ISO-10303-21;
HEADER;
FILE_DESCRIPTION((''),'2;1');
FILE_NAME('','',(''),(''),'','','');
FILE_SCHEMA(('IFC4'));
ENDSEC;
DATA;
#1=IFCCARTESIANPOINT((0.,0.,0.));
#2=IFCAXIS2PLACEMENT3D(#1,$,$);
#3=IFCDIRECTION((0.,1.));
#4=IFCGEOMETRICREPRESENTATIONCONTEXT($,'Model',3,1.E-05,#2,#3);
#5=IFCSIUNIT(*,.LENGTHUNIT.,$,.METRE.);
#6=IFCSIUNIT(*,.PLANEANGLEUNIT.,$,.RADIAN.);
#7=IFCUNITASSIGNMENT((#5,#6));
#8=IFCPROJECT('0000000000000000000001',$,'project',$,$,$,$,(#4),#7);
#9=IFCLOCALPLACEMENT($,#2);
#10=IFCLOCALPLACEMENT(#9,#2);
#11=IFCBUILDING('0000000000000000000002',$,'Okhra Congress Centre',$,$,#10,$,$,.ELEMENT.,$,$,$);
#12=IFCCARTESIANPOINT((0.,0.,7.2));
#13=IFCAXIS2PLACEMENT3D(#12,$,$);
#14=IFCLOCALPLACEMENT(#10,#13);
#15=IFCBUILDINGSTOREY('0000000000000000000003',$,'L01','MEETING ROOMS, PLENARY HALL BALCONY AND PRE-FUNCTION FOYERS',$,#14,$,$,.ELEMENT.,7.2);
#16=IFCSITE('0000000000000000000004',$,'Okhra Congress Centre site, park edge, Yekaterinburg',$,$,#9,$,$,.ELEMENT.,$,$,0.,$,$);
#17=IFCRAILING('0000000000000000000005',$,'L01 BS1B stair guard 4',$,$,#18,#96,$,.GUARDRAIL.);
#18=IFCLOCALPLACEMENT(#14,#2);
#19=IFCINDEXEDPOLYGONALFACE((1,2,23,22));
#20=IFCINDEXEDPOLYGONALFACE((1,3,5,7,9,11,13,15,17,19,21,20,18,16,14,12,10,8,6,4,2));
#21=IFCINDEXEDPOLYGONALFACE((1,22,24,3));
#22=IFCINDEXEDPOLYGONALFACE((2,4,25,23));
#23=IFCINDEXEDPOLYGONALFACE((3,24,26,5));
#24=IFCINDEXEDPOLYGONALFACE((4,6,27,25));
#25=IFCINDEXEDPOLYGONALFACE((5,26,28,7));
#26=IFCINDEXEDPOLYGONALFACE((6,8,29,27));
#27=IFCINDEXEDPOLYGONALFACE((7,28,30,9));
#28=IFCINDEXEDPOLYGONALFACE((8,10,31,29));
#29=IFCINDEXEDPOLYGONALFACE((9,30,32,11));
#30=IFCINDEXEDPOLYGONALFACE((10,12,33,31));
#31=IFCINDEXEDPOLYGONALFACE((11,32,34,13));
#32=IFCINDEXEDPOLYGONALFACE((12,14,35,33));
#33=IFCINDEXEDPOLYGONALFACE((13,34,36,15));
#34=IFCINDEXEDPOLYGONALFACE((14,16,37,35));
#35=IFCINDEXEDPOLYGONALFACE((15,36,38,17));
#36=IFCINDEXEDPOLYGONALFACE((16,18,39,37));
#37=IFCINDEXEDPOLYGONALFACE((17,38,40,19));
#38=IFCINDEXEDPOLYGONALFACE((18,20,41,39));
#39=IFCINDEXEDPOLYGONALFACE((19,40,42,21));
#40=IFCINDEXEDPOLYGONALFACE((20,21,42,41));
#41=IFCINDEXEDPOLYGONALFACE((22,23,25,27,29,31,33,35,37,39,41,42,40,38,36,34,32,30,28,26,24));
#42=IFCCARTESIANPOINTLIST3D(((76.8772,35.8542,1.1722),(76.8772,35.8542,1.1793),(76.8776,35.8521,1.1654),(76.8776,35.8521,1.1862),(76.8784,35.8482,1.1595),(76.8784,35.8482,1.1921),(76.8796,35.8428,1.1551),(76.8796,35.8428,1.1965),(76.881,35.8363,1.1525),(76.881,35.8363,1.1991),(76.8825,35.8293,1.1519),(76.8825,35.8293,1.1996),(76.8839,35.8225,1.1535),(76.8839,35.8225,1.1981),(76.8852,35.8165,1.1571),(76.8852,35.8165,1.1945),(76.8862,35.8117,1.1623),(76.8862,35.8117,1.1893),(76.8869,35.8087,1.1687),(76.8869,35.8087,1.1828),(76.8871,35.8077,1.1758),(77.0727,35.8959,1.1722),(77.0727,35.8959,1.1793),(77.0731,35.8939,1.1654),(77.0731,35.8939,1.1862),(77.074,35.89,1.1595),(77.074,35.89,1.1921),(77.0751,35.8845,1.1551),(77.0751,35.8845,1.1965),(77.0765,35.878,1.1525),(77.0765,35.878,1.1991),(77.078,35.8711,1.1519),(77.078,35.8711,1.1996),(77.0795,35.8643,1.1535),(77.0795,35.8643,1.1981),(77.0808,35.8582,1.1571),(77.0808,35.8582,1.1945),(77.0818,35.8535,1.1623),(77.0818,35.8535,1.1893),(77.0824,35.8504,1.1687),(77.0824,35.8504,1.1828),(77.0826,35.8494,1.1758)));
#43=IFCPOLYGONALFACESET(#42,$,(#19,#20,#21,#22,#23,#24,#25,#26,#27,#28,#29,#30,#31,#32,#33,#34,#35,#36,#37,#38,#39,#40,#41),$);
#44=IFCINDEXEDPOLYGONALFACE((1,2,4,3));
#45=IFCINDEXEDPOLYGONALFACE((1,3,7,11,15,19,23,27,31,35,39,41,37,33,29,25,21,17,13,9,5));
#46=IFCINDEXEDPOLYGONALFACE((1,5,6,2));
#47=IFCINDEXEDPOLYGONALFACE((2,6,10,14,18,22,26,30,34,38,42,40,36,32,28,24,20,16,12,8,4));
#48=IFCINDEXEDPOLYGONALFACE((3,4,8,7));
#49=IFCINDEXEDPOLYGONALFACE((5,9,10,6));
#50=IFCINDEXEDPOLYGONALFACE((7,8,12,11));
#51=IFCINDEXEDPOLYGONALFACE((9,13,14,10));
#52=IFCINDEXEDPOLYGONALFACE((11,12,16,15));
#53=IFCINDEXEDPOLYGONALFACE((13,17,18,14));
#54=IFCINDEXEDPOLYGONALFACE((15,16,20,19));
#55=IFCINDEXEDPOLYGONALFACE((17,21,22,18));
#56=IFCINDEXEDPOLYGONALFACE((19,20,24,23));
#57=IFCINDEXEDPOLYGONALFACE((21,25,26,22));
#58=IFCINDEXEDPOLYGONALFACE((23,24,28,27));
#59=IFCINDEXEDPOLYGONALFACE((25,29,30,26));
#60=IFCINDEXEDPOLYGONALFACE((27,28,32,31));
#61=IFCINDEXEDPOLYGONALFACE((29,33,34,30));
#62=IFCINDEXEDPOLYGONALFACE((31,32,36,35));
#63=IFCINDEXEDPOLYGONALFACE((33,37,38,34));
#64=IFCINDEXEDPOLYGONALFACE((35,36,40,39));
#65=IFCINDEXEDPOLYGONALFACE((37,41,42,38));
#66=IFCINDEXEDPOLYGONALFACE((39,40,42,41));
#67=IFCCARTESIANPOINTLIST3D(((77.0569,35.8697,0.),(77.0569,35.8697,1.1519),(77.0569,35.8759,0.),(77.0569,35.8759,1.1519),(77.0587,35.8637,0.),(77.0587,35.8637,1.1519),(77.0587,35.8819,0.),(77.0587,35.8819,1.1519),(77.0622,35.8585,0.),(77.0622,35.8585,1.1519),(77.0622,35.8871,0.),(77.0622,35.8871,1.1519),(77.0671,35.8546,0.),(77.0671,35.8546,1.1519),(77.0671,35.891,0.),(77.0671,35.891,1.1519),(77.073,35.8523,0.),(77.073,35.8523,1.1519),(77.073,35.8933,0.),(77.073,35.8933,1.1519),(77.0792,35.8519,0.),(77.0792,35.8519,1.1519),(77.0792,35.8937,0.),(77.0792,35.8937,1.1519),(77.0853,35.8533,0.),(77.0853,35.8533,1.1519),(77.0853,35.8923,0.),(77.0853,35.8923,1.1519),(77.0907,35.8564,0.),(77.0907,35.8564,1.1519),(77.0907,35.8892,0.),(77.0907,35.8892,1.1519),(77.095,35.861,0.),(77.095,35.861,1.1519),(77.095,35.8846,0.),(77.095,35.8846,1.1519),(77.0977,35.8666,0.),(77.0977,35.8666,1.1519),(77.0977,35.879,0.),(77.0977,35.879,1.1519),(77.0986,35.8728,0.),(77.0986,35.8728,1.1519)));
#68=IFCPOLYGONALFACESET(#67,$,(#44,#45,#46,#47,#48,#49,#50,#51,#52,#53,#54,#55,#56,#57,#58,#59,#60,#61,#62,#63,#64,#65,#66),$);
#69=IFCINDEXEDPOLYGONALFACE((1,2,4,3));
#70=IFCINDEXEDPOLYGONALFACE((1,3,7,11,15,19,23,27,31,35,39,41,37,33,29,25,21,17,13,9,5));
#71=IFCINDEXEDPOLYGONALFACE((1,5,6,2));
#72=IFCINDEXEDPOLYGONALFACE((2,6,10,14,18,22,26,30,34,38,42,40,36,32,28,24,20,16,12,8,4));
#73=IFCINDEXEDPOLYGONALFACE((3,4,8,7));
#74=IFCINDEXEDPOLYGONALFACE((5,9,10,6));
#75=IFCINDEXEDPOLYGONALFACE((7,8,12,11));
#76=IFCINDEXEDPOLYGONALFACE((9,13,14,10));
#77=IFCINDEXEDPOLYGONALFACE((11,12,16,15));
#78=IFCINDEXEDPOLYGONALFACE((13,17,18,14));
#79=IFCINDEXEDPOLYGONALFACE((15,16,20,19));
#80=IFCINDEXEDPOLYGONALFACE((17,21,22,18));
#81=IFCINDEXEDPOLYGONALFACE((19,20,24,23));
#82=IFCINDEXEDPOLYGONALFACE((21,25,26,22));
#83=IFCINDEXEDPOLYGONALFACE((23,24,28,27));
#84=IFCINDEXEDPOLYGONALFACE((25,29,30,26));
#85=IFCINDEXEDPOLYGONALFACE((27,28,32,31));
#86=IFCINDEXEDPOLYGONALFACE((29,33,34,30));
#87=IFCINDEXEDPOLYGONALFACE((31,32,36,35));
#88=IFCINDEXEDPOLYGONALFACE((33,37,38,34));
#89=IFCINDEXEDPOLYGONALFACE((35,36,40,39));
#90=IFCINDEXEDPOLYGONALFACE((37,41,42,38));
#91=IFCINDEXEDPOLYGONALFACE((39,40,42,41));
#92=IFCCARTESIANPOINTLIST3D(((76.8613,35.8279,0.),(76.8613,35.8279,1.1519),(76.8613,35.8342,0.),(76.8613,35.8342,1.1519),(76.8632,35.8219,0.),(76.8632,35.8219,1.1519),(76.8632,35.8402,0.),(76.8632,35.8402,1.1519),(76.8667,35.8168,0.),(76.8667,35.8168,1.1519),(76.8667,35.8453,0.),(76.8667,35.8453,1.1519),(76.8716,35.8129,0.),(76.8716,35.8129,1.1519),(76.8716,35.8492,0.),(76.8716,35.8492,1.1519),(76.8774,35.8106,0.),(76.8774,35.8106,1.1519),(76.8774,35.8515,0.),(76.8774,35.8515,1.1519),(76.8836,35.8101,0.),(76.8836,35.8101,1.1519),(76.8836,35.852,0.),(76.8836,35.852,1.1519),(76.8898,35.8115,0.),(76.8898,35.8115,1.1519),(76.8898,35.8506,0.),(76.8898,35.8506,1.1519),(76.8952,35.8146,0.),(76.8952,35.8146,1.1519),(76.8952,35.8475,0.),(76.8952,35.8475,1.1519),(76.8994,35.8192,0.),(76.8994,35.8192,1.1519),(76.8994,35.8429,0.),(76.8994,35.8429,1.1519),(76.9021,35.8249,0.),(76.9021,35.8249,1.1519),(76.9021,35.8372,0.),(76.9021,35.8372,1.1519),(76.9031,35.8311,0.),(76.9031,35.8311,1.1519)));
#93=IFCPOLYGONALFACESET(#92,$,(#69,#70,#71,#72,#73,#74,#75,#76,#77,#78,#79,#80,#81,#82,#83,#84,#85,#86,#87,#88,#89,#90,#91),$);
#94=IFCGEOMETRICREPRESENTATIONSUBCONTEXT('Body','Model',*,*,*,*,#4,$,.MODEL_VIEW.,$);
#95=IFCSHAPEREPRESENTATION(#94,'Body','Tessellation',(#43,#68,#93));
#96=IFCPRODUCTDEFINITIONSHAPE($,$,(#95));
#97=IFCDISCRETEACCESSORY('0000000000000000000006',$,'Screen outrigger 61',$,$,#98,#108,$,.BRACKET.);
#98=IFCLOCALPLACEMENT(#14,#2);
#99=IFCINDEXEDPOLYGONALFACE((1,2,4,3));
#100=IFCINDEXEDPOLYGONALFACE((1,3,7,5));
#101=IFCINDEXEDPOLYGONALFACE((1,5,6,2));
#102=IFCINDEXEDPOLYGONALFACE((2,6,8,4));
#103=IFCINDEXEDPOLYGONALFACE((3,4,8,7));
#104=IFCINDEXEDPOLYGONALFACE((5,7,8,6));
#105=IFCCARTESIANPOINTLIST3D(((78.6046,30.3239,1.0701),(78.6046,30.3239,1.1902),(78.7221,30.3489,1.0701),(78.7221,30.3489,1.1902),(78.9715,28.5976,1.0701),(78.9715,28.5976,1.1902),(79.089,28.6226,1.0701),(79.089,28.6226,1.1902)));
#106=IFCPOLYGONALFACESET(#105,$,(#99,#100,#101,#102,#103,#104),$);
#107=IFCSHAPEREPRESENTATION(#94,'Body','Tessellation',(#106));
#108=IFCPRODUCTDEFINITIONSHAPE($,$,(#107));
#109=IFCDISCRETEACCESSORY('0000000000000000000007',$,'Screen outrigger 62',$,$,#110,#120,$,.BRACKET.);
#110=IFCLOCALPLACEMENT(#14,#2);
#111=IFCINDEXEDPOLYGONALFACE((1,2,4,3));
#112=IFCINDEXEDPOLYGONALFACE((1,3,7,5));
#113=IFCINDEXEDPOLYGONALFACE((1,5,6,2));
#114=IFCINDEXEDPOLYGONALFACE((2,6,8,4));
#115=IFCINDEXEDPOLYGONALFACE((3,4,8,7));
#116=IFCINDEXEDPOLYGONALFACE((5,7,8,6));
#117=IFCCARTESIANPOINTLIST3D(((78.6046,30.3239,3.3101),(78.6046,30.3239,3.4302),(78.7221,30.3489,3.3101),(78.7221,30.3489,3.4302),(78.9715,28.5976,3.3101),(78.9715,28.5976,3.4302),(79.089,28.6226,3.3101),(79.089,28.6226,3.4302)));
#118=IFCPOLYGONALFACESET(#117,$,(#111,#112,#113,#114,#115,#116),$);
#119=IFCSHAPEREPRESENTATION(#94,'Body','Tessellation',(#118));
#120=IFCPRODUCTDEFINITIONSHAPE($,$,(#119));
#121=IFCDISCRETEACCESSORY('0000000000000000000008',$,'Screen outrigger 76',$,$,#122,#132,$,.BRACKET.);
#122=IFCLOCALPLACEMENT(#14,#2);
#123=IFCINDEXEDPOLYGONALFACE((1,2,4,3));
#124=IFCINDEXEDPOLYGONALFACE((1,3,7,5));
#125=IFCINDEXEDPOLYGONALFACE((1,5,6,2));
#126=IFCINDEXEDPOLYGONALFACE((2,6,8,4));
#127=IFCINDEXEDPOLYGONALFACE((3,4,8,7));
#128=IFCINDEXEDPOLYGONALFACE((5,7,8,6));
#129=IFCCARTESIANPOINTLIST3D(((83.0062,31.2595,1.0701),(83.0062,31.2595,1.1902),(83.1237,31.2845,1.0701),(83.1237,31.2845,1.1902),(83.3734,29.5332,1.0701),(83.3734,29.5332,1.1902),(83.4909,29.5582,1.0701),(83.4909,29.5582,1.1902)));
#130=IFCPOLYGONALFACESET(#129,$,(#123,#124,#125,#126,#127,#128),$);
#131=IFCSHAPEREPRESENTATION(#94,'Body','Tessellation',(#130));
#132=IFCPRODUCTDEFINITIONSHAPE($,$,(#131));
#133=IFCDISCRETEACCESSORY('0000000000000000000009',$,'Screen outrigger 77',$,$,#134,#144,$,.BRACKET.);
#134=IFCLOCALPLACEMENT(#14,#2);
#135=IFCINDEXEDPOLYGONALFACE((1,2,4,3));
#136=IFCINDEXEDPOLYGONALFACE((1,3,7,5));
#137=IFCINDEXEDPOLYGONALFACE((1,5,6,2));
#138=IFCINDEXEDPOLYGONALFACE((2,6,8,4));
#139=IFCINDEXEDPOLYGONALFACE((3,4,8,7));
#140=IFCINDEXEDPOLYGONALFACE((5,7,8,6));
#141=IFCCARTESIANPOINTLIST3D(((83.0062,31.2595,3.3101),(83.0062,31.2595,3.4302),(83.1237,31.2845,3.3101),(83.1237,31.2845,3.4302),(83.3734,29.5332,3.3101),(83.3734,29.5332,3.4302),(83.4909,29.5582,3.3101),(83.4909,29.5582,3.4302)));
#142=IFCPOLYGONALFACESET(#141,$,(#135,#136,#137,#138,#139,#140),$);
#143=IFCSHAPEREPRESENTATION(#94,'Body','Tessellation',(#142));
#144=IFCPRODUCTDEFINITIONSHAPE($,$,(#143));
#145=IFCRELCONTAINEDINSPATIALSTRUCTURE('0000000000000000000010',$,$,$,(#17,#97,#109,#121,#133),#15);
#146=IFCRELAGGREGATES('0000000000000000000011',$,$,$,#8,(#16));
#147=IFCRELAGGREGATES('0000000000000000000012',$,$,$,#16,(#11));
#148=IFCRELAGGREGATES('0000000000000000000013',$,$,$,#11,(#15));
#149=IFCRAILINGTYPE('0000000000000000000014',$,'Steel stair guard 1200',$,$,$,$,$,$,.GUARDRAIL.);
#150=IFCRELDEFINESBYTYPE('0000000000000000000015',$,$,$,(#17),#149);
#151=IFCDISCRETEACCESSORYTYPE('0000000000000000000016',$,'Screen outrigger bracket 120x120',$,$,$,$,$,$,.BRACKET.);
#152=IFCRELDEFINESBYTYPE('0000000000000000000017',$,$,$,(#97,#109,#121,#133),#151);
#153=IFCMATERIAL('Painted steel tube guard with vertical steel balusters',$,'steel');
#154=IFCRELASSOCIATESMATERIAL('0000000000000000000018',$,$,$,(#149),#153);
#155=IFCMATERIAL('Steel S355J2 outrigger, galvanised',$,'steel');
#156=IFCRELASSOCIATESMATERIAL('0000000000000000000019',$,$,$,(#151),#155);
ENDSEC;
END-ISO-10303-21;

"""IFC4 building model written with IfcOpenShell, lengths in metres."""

from ifc_helpers import new_model, si_unit, direction, frame, origin, origin_2d, place, context, subcontext, project, spatial, rectangle, circle, extrude, material, material_profile, profile_set, type_object, element, save


model = new_model("IFC4")

# Units and contexts
model_context = context("Model", 3, precision=1e-05, world=origin(), true_north=direction((0.0, 1.0)))
body_context = subcontext(model_context, "Body", "Model", "MODEL_VIEW")
ifc_project = project(units=[si_unit("LENGTHUNIT", "METRE"), si_unit("PLANEANGLEUNIT", "RADIAN")], contexts=[model_context])

# Site, building, storey
site_placement = place(None, origin())
site = spatial("IfcSite", under=ifc_project, at=site_placement, Name="Okhra Congress Centre site, park edge, Yekaterinburg", CompositionType="ELEMENT", RefElevation=0.0)
building_placement = place(site_placement, origin())
building = spatial("IfcBuilding", under=site, at=building_placement, Name="Okhra Congress Centre", CompositionType="ELEMENT")
storey_placement = place(building_placement, frame((0.0, 0.0, 7.2)))
storey = spatial("IfcBuildingStorey", under=building, at=storey_placement, Name="L01", Description="MEETING ROOMS, PLENARY HALL BALCONY AND PRE-FUNCTION FOYERS", CompositionType="ELEMENT", Elevation=7.2)

# Railing
ifc_material_1 = material(Name="Painted steel tube guard with vertical steel balusters", Category="steel")
railing_type_1 = type_object("IfcRailingType", Name="Steel stair guard 1200", PredefinedType="GUARDRAIL", material=ifc_material_1)
railing_1_placement = place(storey_placement, frame((77.0776, 35.8728, 0.0)))
element("IfcRailing", 1, at=railing_1_placement, inside=storey, type_object=railing_type_1, Name="L01 BS1B stair guard 4", PredefinedType="GUARDRAIL", context=body_context, shape_type="SweptSolid", body=[
    extrude(circle(Radius=0.0239, at=origin_2d()), frame((0.0, 0.0, 1.1758), z_axis=(-0.977963, -0.208779, 0.0), x_axis=(0.208779, -0.977963, 0.0)), (0.0, 0.0, 1.0), 0.2),
    extrude(circle(Radius=0.021, at=origin_2d()), origin(), (0.0, 0.0, 1.0), 1.1519),
    extrude(circle(Radius=0.021, at=origin_2d()), frame((-0.1956, -0.0417, 0.0)), (0.0, 0.0, 1.0), 1.1519),
])

# Discrete accessories
ifc_material_2 = material(Name="Steel S355J2 outrigger, galvanised", Category="steel")
ifc_material_profile_1 = material_profile(ifc_material_2, rectangle(XDim=0.1201, YDim=0.1201, at=origin_2d()), Name="Screen outrigger bracket 120x120")
ifc_profile_set_1 = profile_set([ifc_material_profile_1], Name="Steel S355J2 outrigger, galvanised")
discrete_accessory_type = type_object("IfcDiscreteAccessoryType", Name="Screen outrigger bracket 120x120", PredefinedType="BRACKET", material=ifc_profile_set_1)
for number, where, z_axis, x_axis, name in (
    (2, (78.6633, 30.3364, 1.1301), (0.207913, -0.978147, 0.0), (0.978147, 0.207913, 0.0), "Screen outrigger 61"),
    (3, (78.6633, 30.3364, 3.3701), (0.207913, -0.978147, 0.0), (0.978147, 0.207913, 0.0), "Screen outrigger 62"),
    (4, (83.0649, 31.272, 1.1301), (0.208046, -0.978119, 0.0), (0.978119, 0.208046, 0.0), "Screen outrigger 76"),
    (5, (83.0649, 31.272, 3.3701), (0.208046, -0.978119, 0.0), (0.978119, 0.208046, 0.0), "Screen outrigger 77"),
):
    element("IfcDiscreteAccessory", number, at=place(storey_placement, frame(where, z_axis=z_axis, x_axis=x_axis)), inside=storey, type_object=discrete_accessory_type, Name=name, PredefinedType="BRACKET", context=body_context, shape_type="SweptSolid", body=[
        extrude(rectangle(XDim=0.1201, YDim=0.1201, at=origin_2d()), origin(), (0.0, 0.0, 1.0), 1.7649),
    ])

save(model, "model.ifc")
